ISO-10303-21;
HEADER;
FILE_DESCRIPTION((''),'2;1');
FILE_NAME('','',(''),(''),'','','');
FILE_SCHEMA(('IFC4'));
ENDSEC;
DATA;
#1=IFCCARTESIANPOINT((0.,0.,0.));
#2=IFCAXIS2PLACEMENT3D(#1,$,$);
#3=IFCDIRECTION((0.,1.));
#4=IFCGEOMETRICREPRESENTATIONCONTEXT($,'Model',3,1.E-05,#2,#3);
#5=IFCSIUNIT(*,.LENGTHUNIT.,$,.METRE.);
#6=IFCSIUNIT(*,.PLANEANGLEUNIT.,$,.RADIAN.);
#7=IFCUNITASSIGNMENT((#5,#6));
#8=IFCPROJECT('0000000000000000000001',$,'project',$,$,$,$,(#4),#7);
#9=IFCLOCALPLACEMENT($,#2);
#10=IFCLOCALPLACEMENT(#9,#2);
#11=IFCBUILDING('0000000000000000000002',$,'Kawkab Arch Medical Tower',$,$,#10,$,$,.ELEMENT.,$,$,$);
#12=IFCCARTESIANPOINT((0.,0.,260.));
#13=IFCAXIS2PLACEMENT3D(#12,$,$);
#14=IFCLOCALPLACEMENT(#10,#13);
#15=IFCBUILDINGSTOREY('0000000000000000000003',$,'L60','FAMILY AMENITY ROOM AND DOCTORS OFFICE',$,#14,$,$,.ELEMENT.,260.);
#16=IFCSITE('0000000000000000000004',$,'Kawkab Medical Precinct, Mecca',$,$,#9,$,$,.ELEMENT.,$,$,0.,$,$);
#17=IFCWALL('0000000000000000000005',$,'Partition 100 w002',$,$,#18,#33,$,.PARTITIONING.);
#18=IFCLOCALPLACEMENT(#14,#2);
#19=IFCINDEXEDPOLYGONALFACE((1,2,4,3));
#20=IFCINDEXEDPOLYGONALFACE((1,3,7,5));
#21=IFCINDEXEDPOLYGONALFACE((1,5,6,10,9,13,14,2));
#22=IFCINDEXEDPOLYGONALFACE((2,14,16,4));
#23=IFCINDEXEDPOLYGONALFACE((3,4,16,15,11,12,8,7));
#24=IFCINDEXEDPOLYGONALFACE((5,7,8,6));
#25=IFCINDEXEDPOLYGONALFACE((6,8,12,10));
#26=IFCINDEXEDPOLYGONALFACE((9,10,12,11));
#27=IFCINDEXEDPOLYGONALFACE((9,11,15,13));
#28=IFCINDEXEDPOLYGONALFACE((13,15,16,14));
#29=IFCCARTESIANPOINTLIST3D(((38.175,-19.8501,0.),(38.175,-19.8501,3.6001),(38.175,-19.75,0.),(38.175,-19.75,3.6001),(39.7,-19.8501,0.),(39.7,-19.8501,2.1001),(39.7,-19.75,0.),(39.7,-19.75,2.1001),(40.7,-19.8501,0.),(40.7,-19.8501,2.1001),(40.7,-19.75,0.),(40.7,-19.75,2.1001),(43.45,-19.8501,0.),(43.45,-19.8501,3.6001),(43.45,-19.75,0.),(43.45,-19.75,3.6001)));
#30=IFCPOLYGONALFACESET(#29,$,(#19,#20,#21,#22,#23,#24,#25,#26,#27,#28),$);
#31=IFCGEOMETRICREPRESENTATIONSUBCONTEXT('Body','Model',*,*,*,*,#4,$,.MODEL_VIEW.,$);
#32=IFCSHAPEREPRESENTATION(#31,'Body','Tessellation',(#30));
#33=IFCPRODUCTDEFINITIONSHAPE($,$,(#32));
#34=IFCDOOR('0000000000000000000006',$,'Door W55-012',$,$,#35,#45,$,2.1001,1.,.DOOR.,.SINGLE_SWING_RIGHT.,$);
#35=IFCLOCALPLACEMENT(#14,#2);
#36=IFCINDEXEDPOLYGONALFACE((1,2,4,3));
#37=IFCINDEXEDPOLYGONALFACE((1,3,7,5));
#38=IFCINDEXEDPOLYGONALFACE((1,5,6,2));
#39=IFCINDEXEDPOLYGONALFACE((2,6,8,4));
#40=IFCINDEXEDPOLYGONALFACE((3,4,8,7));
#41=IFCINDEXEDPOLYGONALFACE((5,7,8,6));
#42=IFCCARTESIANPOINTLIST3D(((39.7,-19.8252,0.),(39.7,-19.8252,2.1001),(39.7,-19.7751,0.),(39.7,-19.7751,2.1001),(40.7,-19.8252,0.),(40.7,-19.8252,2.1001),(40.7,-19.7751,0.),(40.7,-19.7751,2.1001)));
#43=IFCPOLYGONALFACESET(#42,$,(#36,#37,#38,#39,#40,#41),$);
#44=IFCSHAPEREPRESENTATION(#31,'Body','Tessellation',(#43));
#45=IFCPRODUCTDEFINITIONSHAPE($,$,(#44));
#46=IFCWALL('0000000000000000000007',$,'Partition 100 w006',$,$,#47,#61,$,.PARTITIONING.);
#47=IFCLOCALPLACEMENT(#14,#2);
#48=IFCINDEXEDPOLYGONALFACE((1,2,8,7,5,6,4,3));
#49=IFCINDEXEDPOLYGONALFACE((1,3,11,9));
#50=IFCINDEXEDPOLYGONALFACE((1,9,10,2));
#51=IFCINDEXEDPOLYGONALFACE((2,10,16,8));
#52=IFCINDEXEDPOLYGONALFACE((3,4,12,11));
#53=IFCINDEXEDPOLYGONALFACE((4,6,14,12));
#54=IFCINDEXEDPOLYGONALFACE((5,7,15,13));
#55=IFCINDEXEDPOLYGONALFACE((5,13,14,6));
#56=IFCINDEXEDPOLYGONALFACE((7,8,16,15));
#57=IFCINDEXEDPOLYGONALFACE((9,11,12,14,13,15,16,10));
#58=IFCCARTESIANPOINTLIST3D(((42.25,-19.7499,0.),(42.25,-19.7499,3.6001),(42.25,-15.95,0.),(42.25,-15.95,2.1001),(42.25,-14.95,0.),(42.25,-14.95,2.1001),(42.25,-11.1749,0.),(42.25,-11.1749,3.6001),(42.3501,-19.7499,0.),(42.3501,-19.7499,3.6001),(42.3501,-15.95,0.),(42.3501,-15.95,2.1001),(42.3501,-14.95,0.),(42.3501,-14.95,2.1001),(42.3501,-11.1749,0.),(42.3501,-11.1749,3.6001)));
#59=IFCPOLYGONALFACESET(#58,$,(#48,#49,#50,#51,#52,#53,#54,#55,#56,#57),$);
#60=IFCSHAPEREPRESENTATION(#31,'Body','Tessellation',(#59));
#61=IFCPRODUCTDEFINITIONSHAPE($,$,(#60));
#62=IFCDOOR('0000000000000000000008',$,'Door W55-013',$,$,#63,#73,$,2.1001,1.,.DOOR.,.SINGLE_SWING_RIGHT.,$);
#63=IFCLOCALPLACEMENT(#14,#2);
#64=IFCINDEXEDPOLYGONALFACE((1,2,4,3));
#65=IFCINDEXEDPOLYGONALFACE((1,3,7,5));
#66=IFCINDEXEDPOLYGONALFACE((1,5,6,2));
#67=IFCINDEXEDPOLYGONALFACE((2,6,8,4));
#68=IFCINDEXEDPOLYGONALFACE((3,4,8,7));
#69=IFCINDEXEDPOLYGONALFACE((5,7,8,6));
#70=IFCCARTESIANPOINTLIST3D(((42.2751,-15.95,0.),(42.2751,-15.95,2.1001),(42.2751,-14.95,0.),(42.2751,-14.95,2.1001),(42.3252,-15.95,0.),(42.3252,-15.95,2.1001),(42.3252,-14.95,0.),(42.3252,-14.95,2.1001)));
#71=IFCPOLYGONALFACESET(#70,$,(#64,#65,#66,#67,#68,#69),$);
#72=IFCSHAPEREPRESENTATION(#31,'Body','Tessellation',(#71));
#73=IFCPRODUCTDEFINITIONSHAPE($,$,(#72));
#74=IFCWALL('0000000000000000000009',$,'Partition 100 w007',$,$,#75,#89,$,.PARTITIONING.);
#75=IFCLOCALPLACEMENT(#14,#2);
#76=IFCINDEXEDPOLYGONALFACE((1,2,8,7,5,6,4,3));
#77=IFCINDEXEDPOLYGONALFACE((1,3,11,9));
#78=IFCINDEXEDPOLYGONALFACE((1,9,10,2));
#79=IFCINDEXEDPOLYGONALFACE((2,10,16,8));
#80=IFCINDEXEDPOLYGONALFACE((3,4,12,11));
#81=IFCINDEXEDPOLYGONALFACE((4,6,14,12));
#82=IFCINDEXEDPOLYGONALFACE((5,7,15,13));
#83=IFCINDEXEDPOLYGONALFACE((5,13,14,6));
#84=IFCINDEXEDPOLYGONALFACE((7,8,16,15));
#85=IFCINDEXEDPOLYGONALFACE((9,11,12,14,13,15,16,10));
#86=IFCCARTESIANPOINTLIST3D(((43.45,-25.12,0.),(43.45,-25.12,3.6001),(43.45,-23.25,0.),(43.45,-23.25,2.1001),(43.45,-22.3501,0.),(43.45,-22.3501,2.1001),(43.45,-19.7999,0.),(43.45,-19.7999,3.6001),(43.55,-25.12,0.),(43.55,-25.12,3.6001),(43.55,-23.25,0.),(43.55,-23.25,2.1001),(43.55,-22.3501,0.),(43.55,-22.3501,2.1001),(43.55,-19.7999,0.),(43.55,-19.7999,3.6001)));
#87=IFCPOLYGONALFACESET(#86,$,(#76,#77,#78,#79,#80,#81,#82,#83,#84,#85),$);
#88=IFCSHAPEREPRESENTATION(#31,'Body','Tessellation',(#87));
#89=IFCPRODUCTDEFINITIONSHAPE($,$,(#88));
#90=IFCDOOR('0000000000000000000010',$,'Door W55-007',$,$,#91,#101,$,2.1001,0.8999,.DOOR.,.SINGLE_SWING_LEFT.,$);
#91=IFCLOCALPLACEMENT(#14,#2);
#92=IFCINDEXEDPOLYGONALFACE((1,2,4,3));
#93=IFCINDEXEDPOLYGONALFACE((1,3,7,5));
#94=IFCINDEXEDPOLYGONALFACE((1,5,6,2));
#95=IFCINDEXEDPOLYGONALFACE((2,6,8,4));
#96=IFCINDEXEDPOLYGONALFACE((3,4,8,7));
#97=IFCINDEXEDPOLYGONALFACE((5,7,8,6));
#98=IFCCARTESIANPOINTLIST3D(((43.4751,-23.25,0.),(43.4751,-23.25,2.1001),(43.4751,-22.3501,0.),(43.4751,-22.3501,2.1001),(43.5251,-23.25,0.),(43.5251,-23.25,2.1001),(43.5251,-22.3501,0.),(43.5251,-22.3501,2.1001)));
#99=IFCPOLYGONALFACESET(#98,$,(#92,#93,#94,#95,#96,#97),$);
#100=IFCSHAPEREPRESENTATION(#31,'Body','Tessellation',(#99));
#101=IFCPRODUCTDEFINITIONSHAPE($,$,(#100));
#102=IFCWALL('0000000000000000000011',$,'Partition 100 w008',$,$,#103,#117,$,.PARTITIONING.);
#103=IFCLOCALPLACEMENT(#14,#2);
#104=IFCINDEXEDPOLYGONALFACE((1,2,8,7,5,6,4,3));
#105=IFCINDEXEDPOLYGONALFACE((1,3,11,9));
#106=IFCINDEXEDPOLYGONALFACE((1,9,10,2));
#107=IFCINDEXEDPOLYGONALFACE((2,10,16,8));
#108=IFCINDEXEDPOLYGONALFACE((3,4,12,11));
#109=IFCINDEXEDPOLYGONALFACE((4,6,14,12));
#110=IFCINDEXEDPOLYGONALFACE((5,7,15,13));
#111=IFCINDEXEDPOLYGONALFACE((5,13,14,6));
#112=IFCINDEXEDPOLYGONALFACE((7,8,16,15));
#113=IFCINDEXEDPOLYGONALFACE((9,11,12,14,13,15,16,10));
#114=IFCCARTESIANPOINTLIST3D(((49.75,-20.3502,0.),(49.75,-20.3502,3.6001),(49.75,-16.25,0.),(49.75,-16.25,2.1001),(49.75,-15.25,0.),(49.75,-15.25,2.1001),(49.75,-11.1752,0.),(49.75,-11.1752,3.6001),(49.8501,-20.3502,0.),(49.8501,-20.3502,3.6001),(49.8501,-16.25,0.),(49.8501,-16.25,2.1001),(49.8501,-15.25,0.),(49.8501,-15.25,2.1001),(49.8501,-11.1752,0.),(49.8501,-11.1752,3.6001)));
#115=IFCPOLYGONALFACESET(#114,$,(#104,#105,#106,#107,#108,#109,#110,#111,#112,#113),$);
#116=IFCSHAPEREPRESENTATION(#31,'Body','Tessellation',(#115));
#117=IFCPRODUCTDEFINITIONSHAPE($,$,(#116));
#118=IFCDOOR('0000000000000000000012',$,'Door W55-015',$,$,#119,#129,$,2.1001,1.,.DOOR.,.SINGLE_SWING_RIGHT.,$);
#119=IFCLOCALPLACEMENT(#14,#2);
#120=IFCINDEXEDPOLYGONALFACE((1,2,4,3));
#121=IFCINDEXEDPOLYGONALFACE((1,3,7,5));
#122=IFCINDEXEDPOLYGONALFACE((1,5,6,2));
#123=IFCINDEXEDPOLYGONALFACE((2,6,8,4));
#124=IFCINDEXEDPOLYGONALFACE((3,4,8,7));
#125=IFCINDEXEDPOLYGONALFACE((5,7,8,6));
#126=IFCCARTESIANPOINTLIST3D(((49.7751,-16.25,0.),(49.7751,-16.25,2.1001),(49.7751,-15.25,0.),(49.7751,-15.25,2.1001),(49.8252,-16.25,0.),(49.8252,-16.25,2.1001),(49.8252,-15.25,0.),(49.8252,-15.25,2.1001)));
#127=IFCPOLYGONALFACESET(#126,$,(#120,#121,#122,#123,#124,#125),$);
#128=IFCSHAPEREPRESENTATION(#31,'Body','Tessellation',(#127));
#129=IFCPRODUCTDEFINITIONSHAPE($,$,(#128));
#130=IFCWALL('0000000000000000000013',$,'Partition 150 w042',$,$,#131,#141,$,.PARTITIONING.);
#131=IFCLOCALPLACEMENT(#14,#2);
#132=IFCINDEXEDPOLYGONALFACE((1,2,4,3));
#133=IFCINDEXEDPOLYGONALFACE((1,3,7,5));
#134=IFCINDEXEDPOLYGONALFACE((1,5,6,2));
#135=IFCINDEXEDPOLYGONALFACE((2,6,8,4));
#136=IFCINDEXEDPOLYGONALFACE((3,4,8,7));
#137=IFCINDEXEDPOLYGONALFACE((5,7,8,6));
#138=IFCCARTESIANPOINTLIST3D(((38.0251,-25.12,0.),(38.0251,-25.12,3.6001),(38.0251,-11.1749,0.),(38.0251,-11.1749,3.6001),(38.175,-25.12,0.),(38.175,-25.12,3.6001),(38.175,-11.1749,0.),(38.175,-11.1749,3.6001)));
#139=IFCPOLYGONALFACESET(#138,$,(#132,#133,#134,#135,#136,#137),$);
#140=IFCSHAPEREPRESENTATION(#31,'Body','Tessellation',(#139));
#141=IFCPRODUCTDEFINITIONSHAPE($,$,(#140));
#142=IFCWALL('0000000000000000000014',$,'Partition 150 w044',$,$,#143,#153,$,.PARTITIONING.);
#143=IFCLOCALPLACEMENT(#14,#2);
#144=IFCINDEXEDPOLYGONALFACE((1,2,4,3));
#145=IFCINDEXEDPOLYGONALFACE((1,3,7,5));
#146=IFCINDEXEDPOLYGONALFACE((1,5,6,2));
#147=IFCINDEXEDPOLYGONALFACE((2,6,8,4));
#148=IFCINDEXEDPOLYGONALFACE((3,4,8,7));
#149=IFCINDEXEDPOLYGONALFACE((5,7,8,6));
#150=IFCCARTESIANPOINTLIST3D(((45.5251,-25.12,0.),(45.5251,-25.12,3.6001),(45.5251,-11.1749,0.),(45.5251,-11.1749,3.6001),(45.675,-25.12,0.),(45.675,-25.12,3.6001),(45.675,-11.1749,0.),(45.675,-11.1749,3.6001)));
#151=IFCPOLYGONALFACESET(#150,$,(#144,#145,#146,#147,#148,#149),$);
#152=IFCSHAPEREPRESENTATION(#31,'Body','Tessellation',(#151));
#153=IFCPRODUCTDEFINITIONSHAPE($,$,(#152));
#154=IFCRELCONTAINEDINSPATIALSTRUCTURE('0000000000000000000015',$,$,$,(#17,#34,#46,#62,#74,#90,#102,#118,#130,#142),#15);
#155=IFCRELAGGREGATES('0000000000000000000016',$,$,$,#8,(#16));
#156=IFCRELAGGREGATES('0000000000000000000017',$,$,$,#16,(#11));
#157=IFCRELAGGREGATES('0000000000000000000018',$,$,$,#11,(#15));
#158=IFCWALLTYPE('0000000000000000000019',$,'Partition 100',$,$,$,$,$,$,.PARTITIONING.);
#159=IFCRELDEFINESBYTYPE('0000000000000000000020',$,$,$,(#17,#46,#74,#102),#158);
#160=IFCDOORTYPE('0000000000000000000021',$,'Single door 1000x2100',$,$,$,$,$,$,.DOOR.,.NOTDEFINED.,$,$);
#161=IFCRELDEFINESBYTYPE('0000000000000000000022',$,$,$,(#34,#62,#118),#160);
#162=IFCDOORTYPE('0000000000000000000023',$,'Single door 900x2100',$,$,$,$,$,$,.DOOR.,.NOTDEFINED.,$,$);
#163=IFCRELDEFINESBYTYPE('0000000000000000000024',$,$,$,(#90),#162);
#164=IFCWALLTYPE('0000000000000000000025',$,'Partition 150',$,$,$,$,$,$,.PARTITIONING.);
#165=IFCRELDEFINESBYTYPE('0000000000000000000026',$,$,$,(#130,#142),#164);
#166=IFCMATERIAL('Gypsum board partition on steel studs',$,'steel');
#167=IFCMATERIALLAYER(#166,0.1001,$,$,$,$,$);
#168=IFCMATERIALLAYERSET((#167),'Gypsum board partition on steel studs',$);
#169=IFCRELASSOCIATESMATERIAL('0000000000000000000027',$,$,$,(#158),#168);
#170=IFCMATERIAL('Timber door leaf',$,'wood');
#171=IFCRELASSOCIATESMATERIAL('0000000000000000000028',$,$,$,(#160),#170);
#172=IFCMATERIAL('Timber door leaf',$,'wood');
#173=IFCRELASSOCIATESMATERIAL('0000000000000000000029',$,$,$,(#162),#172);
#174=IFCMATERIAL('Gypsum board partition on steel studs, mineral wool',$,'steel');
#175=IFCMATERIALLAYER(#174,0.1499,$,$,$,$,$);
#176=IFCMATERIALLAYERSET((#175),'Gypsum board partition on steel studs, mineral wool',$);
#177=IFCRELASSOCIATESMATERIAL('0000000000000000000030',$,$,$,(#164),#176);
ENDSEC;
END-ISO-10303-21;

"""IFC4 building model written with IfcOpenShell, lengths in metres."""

from ifc_helpers import new_model, si_unit, direction, frame, frame_2d, origin, place, context, subcontext, project, spatial, rectangle, extrude, material, layer, layer_set, type_object, element, fill, save


model = new_model("IFC4")

# Units and contexts
model_context = context("Model", 3, precision=1e-05, world=origin(), true_north=direction((0.0, 1.0)))
body_context = subcontext(model_context, "Body", "Model", "MODEL_VIEW")
ifc_project = project(units=[si_unit("LENGTHUNIT", "METRE"), si_unit("PLANEANGLEUNIT", "RADIAN")], contexts=[model_context])

# Site, building, storey
site_placement = place(None, origin())
site = spatial("IfcSite", under=ifc_project, at=site_placement, Name="Kawkab Medical Precinct, Mecca", CompositionType="ELEMENT", RefElevation=0.0)
building_placement = place(site_placement, origin())
building = spatial("IfcBuilding", under=site, at=building_placement, Name="Kawkab Arch Medical Tower", CompositionType="ELEMENT")
storey_placement = place(building_placement, frame((0.0, 0.0, 260.0)))
storey = spatial("IfcBuildingStorey", under=building, at=storey_placement, Name="L60", Description="FAMILY AMENITY ROOM AND DOCTORS OFFICE", CompositionType="ELEMENT", Elevation=260.0)

# Walls, openings, doors
ifc_material_1 = material(Name="Gypsum board partition on steel studs", Category="steel")
ifc_layer_1 = layer(ifc_material_1, 0.1001)
ifc_layer_set_1 = layer_set([ifc_layer_1], Name="Gypsum board partition on steel studs")
wall_type_1 = type_object("IfcWallType", Name="Partition 100", PredefinedType="PARTITIONING", material=ifc_layer_set_1)
ifc_material_2 = material(Name="Timber door leaf", Category="wood")
door_type_1 = type_object("IfcDoorType", Name="Single door 1000x2100", OperationType="NOTDEFINED", PredefinedType="DOOR", material=ifc_material_2)
wall_1_placement = place(storey_placement, frame((38.175, -19.8, 0.0), z_axis=(0.0, 0.0, 1.0), x_axis=(1.0, 0.0, 0.0)))
wall_1 = element("IfcWall", 1, at=wall_1_placement, inside=storey, type_object=wall_type_1, Name="Partition 100 w002", PredefinedType="PARTITIONING", context=body_context, shape_type="SweptSolid", body=[
    extrude(rectangle(XDim=5.2749, YDim=0.1001, at=frame_2d((2.6375, 0.0))), origin(), (0.0, 0.0, 1.0), 3.6001),
])
opening_1_placement = place(wall_1_placement, frame((1.5249, 0.0, 0.0)))
opening_1 = element("IfcOpeningElement", 2, at=opening_1_placement, cuts=wall_1, PredefinedType="OPENING", context=body_context, shape_type="SweptSolid", body=[
    extrude(rectangle(XDim=1.0, YDim=2.1001, at=frame_2d((0.5, 1.05))), frame((0.0, 0.0601, 0.0), z_axis=(0.0, -1.0, 0.0), x_axis=(1.0, 0.0, 0.0)), (0.0, 0.0, 1.0), 0.1201),
])
door_1_placement = place(opening_1_placement, origin())
door_1 = element("IfcDoor", 3, at=door_1_placement, inside=storey, type_object=door_type_1, Name="Door W55-012", OperationType="SINGLE_SWING_RIGHT", OverallHeight=2.1001, OverallWidth=1.0, PredefinedType="DOOR", context=body_context, shape_type="SweptSolid", body=[
    extrude(rectangle(XDim=1.0, YDim=2.1001, at=frame_2d((0.5, 1.05))), frame((0.0, 0.0249, 0.0), z_axis=(0.0, -1.0, 0.0), x_axis=(1.0, 0.0, 0.0)), (0.0, 0.0, 1.0), 0.05),
])
fill(opening_1, door_1)
wall_2_placement = place(storey_placement, frame((42.3, -19.75, 0.0), z_axis=(0.0, 0.0, 1.0), x_axis=(0.0, 1.0, 0.0)))
wall_2 = element("IfcWall", 4, at=wall_2_placement, inside=storey, type_object=wall_type_1, Name="Partition 100 w006", PredefinedType="PARTITIONING", context=body_context, shape_type="SweptSolid", body=[
    extrude(rectangle(XDim=8.575, YDim=0.1001, at=frame_2d((4.2876, 0.0))), origin(), (0.0, 0.0, 1.0), 3.6001),
])
opening_2_placement = place(wall_2_placement, frame((3.8, 0.0, 0.0)))
opening_2 = element("IfcOpeningElement", 5, at=opening_2_placement, cuts=wall_2, PredefinedType="OPENING", context=body_context, shape_type="SweptSolid", body=[
    extrude(rectangle(XDim=1.0, YDim=2.1001, at=frame_2d((0.5, 1.05))), frame((0.0, 0.0601, 0.0), z_axis=(0.0, -1.0, 0.0), x_axis=(1.0, 0.0, 0.0)), (0.0, 0.0, 1.0), 0.1201),
])
door_2_placement = place(opening_2_placement, origin())
door_2 = element("IfcDoor", 6, at=door_2_placement, inside=storey, type_object=door_type_1, Name="Door W55-013", OperationType="SINGLE_SWING_RIGHT", OverallHeight=2.1001, OverallWidth=1.0, PredefinedType="DOOR", context=body_context, shape_type="SweptSolid", body=[
    extrude(rectangle(XDim=1.0, YDim=2.1001, at=frame_2d((0.5, 1.05))), frame((0.0, 0.0249, 0.0), z_axis=(0.0, -1.0, 0.0), x_axis=(1.0, 0.0, 0.0)), (0.0, 0.0, 1.0), 0.05),
])
fill(opening_2, door_2)
wall_3_placement = place(storey_placement, frame((43.5, -25.1201, 0.0), z_axis=(0.0, 0.0, 1.0), x_axis=(0.0, 1.0, 0.0)))
wall_3 = element("IfcWall", 7, at=wall_3_placement, inside=storey, type_object=wall_type_1, Name="Partition 100 w007", PredefinedType="PARTITIONING", context=body_context, shape_type="SweptSolid", body=[
    extrude(rectangle(XDim=5.3201, YDim=0.1001, at=frame_2d((2.6602, 0.0))), origin(), (0.0, 0.0, 1.0), 3.6001),
])
opening_3_placement = place(wall_3_placement, frame((1.8701, 0.0, 0.0)))
opening_3 = element("IfcOpeningElement", 8, at=opening_3_placement, cuts=wall_3, PredefinedType="OPENING", context=body_context, shape_type="SweptSolid", body=[
    extrude(rectangle(XDim=0.8999, YDim=2.1001, at=frame_2d((0.45, 1.05))), frame((0.0, 0.0601, 0.0), z_axis=(0.0, -1.0, 0.0), x_axis=(1.0, 0.0, 0.0)), (0.0, 0.0, 1.0), 0.1201),
])
ifc_material_3 = material(Name="Timber door leaf", Category="wood")
door_type_2 = type_object("IfcDoorType", Name="Single door 900x2100", OperationType="NOTDEFINED", PredefinedType="DOOR", material=ifc_material_3)
door_3_placement = place(opening_3_placement, origin())
door_3 = element("IfcDoor", 9, at=door_3_placement, inside=storey, type_object=door_type_2, Name="Door W55-007", OperationType="SINGLE_SWING_LEFT", OverallHeight=2.1001, OverallWidth=0.8999, PredefinedType="DOOR", context=body_context, shape_type="SweptSolid", body=[
    extrude(rectangle(XDim=0.8999, YDim=2.1001, at=frame_2d((0.45, 1.05))), frame((0.0, 0.0249, 0.0), z_axis=(0.0, -1.0, 0.0), x_axis=(1.0, 0.0, 0.0)), (0.0, 0.0, 1.0), 0.05),
])
fill(opening_3, door_3)
wall_4_placement = place(storey_placement, frame((49.8, -20.3501, 0.0), z_axis=(0.0, 0.0, 1.0), x_axis=(0.0, 1.0, 0.0)))
wall_4 = element("IfcWall", 10, at=wall_4_placement, inside=storey, type_object=wall_type_1, Name="Partition 100 w008", PredefinedType="PARTITIONING", context=body_context, shape_type="SweptSolid", body=[
    extrude(rectangle(XDim=9.175, YDim=0.1001, at=frame_2d((4.5874, 0.0))), origin(), (0.0, 0.0, 1.0), 3.6001),
])
opening_4_placement = place(wall_4_placement, frame((4.1001, 0.0, 0.0)))
opening_4 = element("IfcOpeningElement", 11, at=opening_4_placement, cuts=wall_4, PredefinedType="OPENING", context=body_context, shape_type="SweptSolid", body=[
    extrude(rectangle(XDim=1.0, YDim=2.1001, at=frame_2d((0.5, 1.05))), frame((0.0, 0.0601, 0.0), z_axis=(0.0, -1.0, 0.0), x_axis=(1.0, 0.0, 0.0)), (0.0, 0.0, 1.0), 0.1201),
])
door_4_placement = place(opening_4_placement, origin())
door_4 = element("IfcDoor", 12, at=door_4_placement, inside=storey, type_object=door_type_1, Name="Door W55-015", OperationType="SINGLE_SWING_RIGHT", OverallHeight=2.1001, OverallWidth=1.0, PredefinedType="DOOR", context=body_context, shape_type="SweptSolid", body=[
    extrude(rectangle(XDim=1.0, YDim=2.1001, at=frame_2d((0.5, 1.05))), frame((0.0, 0.0249, 0.0), z_axis=(0.0, -1.0, 0.0), x_axis=(1.0, 0.0, 0.0)), (0.0, 0.0, 1.0), 0.05),
])
fill(opening_4, door_4)

# Walls
ifc_material_4 = material(Name="Gypsum board partition on steel studs, mineral wool", Category="steel")
ifc_layer_2 = layer(ifc_material_4, 0.1499)
ifc_layer_set_2 = layer_set([ifc_layer_2], Name="Gypsum board partition on steel studs, mineral wool")
wall_type_2 = type_object("IfcWallType", Name="Partition 150", PredefinedType="PARTITIONING", material=ifc_layer_set_2)
for number, where, z_axis, x_axis, name in (
    (13, (38.1001, -25.1201, 0.0), (0.0, 0.0, 1.0), (0.0, 1.0, 0.0), "Partition 150 w042"),
    (14, (45.6001, -25.1201, 0.0), (0.0, 0.0, 1.0), (0.0, 1.0, 0.0), "Partition 150 w044"),
):
    element("IfcWall", number, at=place(storey_placement, frame(where, z_axis=z_axis, x_axis=x_axis)), inside=storey, type_object=wall_type_2, Name=name, PredefinedType="PARTITIONING", context=body_context, shape_type="SweptSolid", body=[
        extrude(rectangle(XDim=13.9451, YDim=0.1499, at=frame_2d((6.9727, 0.0))), origin(), (0.0, 0.0, 1.0), 3.6001),
    ])

save(model, "model.ifc")
